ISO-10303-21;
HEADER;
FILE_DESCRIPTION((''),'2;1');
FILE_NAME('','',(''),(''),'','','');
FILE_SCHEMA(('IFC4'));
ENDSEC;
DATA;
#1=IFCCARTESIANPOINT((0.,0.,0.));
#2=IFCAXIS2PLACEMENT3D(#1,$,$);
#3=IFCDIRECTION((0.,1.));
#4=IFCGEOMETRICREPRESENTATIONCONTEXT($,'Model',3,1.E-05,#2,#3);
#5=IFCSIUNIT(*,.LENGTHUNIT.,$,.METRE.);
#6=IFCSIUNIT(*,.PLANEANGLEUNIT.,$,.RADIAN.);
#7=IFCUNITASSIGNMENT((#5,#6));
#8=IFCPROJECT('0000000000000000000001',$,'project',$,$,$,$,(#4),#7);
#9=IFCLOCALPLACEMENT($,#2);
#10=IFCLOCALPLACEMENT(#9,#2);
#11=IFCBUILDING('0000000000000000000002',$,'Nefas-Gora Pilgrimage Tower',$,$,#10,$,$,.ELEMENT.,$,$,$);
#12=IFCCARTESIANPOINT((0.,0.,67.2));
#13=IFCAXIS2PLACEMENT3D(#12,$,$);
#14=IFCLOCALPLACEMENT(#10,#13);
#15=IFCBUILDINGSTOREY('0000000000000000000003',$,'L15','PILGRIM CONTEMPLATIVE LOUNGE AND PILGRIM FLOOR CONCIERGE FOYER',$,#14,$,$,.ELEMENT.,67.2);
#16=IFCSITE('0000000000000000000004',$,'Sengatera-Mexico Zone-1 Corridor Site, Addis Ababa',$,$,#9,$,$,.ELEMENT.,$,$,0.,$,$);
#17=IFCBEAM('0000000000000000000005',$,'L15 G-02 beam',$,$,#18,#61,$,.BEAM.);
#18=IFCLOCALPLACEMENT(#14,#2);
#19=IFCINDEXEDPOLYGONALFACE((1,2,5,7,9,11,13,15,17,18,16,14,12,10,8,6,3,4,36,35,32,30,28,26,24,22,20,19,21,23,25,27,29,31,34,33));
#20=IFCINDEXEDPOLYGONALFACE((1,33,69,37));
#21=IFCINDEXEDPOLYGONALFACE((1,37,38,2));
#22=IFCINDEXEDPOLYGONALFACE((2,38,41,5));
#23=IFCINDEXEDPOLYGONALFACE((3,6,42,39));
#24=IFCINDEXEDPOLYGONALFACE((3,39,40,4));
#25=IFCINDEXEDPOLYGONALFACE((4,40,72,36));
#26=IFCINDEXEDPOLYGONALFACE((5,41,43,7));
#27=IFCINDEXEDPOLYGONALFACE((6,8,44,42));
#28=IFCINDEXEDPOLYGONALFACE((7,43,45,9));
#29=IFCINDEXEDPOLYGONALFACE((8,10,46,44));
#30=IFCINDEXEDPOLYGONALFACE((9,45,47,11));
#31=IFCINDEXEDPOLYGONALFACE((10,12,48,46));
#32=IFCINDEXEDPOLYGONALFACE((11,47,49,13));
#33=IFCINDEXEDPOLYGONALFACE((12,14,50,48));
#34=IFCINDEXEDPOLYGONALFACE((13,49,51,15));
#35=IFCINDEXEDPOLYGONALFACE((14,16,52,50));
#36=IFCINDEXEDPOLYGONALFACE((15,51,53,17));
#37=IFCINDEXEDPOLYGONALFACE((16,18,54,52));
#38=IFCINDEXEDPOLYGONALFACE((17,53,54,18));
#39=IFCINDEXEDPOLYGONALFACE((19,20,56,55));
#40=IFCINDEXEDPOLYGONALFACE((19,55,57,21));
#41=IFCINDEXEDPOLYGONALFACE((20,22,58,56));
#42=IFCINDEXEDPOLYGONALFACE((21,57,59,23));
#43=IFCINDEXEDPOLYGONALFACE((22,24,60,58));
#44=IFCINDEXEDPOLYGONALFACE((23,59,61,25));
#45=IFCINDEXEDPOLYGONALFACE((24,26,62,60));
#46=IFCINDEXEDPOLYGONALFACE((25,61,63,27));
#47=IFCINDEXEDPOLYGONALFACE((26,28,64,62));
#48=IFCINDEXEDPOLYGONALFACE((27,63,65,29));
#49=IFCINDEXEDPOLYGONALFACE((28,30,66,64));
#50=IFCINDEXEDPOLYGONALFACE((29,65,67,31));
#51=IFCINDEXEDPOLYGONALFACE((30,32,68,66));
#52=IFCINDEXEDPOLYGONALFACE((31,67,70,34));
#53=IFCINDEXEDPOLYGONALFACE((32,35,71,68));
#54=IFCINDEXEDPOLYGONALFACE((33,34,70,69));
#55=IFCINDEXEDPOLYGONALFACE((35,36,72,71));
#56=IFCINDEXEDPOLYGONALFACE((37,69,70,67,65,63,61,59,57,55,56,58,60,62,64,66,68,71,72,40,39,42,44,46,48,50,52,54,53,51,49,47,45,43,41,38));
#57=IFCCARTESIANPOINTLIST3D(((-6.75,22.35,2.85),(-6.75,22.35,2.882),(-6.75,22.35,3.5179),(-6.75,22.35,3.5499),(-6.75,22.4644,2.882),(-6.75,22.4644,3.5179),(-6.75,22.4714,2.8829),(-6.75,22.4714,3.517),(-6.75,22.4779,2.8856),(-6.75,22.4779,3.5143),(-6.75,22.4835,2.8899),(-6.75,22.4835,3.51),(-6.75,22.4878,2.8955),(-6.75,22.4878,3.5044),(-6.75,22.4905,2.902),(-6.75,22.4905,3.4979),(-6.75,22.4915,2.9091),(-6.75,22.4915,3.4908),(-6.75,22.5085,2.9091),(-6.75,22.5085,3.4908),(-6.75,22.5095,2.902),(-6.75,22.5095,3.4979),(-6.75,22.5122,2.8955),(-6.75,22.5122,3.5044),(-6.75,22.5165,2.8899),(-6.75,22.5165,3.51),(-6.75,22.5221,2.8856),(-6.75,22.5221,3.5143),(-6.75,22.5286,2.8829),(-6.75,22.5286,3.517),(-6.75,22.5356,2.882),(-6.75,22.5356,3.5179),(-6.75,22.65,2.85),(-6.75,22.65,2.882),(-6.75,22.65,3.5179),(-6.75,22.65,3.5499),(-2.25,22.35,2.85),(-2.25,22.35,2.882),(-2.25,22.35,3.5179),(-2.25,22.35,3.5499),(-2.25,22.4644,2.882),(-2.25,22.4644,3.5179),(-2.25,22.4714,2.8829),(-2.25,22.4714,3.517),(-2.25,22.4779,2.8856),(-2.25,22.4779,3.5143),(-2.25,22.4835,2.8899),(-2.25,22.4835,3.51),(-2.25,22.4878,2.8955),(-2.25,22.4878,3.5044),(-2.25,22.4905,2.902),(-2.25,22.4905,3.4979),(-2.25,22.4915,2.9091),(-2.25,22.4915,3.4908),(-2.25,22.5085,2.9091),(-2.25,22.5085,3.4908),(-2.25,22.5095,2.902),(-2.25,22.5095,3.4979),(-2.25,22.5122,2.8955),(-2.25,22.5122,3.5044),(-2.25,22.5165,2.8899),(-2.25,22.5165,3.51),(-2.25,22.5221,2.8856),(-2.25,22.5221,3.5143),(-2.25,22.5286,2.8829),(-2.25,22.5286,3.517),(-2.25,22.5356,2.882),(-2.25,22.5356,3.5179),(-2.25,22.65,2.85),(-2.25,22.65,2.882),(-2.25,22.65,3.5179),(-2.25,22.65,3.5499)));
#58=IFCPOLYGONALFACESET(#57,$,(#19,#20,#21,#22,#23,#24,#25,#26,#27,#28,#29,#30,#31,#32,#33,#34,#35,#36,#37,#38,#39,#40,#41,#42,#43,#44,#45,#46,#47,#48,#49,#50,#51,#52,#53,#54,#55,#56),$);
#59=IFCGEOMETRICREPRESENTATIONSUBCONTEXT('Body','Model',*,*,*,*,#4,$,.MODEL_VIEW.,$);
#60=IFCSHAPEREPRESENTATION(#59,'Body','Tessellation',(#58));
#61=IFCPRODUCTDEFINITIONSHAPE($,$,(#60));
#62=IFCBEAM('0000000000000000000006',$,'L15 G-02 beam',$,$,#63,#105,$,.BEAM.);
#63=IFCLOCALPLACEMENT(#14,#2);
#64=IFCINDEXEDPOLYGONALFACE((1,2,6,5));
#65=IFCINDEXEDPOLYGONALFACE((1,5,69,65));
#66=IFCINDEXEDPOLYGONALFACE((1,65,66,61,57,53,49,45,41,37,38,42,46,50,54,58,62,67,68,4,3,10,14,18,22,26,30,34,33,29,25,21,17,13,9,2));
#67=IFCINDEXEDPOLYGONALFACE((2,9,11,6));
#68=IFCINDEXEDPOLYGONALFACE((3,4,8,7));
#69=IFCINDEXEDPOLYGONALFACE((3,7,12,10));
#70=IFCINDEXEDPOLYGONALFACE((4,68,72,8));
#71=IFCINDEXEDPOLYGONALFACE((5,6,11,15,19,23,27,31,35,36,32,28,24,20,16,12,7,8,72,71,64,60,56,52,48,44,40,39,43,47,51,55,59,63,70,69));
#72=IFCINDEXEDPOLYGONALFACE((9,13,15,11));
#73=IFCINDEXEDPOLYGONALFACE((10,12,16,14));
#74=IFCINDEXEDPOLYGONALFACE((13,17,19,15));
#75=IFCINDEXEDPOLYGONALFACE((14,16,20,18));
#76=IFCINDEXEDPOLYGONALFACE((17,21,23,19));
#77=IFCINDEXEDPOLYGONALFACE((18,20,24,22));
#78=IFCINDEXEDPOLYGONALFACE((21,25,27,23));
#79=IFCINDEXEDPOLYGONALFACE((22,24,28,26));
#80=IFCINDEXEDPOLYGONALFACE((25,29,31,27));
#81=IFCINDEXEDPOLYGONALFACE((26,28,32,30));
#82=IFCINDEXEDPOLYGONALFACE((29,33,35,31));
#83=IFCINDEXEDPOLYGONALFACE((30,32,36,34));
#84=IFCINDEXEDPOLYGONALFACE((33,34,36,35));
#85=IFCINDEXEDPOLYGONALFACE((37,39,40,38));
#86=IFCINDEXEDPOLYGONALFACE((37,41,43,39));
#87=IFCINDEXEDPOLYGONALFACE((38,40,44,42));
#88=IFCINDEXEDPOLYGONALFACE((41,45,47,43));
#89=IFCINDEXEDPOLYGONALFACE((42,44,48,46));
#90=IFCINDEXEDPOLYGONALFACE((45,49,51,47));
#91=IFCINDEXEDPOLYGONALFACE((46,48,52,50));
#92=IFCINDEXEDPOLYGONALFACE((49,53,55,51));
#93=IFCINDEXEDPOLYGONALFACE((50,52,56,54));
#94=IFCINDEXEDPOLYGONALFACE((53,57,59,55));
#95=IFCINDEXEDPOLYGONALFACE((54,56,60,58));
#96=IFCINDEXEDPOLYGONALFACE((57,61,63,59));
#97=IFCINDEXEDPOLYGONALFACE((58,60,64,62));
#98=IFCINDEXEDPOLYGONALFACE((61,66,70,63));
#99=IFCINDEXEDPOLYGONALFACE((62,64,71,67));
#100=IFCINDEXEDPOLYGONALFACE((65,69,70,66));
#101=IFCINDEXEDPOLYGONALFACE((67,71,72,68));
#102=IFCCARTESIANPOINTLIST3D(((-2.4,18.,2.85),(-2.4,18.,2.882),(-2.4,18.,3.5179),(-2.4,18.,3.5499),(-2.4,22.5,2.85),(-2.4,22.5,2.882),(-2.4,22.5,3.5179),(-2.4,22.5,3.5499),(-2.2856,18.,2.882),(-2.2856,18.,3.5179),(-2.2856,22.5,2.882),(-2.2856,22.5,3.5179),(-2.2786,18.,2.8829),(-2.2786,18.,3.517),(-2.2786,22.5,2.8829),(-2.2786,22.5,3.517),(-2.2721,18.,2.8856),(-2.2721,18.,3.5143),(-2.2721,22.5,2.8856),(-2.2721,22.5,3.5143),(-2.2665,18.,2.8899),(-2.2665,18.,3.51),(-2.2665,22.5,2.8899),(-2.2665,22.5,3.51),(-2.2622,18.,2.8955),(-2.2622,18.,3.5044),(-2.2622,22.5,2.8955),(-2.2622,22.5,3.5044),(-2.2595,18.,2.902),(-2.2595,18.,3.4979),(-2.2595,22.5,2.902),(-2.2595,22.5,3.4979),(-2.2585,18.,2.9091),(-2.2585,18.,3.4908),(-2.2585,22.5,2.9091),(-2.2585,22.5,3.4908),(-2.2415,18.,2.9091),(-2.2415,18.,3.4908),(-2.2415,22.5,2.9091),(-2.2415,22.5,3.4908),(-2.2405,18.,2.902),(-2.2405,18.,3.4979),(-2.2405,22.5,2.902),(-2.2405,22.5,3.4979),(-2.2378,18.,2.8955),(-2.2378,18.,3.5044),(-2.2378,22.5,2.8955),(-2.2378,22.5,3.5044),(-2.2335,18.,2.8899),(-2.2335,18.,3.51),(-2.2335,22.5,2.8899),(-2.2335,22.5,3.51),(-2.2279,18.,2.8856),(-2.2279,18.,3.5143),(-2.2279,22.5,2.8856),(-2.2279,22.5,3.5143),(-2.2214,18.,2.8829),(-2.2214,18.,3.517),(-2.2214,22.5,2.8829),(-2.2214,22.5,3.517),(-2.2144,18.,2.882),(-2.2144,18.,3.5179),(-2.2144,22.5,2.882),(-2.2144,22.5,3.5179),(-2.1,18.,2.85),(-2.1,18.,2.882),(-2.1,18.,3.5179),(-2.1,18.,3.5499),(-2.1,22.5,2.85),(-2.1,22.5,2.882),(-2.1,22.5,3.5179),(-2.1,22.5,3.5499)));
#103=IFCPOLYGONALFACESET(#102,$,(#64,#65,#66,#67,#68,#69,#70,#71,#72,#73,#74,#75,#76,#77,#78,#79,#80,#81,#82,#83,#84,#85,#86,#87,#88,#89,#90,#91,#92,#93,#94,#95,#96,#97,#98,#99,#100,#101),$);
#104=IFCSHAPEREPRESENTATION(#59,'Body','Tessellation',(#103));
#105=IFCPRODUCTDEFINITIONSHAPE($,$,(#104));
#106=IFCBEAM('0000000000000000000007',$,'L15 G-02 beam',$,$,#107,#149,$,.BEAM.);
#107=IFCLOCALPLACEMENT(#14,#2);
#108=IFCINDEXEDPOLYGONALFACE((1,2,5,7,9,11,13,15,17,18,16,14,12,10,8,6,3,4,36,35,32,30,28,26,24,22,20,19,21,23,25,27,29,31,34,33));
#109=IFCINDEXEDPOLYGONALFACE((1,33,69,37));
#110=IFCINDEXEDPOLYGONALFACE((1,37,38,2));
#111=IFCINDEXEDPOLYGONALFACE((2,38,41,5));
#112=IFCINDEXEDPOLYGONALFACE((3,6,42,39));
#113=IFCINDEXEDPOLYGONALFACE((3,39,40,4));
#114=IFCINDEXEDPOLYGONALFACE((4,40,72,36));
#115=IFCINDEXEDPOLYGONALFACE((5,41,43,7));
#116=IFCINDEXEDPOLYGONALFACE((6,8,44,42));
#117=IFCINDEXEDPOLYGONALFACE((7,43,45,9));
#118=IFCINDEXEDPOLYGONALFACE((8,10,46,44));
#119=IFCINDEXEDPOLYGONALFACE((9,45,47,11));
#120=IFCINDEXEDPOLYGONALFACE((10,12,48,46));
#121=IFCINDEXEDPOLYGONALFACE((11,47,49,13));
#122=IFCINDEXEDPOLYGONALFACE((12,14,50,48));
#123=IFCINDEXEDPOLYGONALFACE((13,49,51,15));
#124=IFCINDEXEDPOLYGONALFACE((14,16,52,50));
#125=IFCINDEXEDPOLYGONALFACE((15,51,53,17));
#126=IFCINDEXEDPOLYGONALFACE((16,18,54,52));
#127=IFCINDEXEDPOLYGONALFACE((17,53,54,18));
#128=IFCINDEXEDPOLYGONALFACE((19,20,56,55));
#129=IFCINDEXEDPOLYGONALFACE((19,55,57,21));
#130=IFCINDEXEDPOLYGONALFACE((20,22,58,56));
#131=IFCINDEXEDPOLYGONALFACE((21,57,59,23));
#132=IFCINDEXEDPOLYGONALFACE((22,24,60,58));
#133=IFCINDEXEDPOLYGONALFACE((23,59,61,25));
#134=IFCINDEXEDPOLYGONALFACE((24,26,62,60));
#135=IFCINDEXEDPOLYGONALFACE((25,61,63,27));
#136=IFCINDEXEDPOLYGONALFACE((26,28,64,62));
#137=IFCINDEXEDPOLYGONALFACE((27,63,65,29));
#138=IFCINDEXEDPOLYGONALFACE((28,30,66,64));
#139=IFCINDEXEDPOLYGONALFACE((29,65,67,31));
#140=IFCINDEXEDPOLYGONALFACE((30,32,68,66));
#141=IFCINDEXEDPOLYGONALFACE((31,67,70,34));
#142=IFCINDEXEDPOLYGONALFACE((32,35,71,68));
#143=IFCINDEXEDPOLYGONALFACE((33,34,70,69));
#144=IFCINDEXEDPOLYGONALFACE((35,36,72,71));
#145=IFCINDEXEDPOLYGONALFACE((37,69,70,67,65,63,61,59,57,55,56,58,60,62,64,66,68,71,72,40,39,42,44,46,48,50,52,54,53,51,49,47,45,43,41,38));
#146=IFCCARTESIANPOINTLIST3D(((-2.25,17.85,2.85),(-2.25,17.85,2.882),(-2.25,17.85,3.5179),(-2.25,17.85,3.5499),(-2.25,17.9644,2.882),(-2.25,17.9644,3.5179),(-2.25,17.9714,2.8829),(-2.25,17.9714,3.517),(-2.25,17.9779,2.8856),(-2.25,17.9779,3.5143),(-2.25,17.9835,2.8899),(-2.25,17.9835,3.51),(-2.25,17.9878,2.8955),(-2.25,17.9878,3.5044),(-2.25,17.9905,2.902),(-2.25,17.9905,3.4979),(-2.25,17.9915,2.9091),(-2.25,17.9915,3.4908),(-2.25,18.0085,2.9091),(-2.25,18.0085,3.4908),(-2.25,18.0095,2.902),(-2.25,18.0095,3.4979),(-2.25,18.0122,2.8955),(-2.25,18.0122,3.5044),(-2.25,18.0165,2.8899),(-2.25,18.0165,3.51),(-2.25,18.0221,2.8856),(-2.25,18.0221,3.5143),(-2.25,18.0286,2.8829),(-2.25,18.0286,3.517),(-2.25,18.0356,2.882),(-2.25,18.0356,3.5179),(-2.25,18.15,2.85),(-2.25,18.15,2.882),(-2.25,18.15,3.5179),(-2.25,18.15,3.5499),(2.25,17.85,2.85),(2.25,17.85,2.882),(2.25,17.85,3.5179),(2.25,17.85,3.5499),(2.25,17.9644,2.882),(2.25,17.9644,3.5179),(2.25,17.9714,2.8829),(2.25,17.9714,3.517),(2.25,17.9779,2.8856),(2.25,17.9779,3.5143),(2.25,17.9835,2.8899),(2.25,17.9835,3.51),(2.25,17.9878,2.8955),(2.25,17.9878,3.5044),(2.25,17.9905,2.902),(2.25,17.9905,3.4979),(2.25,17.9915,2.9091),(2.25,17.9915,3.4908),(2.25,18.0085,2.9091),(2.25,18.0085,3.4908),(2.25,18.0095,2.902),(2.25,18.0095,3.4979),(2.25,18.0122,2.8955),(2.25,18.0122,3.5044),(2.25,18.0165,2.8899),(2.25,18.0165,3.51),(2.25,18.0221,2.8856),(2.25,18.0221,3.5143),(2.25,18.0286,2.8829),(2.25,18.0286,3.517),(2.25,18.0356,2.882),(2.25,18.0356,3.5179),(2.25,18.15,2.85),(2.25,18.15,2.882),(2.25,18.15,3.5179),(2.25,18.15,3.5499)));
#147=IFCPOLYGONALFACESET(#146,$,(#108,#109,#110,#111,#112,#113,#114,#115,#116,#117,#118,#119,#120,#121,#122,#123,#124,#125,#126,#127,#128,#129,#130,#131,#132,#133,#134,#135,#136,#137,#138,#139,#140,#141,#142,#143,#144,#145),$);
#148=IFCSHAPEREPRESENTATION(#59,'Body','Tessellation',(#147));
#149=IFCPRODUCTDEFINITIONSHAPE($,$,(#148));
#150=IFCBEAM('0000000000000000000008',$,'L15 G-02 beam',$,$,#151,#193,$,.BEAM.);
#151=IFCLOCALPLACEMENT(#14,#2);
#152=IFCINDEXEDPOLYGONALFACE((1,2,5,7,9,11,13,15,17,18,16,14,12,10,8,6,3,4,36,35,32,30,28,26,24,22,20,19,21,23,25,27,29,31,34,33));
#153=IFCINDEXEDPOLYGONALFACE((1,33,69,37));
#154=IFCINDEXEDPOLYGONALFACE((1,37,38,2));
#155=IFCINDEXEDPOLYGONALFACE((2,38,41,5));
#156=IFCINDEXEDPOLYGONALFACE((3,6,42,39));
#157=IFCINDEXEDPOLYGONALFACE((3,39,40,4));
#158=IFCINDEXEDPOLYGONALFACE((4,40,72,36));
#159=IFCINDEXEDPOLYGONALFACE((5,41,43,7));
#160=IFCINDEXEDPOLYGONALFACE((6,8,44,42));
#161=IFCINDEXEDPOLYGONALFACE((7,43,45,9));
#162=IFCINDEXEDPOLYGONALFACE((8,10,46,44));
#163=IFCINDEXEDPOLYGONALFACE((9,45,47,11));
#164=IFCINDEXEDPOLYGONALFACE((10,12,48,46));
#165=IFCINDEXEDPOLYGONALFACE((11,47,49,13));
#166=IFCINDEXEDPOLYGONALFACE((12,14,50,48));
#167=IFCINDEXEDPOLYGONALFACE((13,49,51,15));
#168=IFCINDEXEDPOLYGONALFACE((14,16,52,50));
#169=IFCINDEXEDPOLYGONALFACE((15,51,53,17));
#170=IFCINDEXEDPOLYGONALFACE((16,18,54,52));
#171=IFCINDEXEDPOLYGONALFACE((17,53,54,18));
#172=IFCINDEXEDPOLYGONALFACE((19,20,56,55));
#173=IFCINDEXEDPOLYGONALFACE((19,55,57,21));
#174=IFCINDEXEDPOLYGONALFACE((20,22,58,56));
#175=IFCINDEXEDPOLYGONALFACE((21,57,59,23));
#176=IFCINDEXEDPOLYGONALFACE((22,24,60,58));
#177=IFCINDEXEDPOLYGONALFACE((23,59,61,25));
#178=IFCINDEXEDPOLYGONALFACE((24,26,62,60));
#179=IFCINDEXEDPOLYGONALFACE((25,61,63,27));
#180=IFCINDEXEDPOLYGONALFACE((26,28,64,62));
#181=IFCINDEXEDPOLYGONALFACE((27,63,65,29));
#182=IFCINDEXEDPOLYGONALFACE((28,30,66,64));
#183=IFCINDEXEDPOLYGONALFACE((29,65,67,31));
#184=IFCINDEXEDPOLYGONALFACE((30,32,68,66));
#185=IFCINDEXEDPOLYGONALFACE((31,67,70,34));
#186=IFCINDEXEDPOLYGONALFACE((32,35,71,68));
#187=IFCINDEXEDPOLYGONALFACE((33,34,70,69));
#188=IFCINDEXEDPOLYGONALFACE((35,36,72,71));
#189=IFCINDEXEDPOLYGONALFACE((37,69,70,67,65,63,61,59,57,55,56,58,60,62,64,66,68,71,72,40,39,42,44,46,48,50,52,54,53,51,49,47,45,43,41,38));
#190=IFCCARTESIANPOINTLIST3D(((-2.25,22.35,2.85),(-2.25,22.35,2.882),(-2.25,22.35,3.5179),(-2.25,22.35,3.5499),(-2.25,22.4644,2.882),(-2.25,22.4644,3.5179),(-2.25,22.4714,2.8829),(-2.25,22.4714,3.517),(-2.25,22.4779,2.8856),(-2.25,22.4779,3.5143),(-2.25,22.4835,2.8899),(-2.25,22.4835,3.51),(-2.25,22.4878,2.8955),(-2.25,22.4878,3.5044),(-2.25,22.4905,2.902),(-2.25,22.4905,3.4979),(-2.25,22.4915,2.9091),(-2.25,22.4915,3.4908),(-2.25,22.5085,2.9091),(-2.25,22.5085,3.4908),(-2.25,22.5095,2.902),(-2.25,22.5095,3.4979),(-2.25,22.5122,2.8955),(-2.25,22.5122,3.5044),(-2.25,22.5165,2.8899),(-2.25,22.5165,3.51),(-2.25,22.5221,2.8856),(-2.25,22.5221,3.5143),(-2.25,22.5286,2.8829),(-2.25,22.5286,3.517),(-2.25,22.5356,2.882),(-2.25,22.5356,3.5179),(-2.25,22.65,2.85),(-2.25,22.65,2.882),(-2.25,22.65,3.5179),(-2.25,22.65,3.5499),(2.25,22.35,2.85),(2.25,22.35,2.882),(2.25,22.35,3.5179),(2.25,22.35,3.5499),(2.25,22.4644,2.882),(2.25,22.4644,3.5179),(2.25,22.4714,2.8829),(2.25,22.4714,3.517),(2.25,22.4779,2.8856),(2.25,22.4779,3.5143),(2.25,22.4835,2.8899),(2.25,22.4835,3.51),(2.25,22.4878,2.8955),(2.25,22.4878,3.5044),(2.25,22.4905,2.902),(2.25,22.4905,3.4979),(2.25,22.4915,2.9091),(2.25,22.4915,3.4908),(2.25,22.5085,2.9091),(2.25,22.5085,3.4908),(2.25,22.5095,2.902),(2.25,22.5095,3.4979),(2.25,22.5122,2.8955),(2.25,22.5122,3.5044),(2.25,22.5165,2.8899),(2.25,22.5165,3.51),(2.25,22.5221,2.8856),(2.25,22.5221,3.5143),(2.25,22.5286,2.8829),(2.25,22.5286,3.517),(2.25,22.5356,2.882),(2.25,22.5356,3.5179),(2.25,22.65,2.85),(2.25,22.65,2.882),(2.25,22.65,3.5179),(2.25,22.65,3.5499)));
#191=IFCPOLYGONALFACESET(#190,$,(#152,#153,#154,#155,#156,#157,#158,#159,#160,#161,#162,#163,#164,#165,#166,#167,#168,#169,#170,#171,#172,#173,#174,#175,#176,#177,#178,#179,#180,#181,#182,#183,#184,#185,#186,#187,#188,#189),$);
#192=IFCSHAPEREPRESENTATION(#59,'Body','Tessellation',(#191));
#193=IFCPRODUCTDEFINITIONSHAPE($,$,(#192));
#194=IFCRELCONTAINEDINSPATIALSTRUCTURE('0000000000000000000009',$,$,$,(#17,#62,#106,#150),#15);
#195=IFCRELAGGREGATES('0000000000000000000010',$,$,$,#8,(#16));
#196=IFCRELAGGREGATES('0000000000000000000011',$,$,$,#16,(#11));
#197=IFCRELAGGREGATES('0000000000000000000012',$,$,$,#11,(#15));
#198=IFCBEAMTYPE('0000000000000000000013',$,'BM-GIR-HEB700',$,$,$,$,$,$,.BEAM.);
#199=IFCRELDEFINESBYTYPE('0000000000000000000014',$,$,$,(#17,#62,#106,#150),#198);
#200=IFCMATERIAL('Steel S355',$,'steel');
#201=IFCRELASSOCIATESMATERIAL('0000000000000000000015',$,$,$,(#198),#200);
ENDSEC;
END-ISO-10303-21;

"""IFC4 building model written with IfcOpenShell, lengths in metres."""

from ifc_helpers import new_model, si_unit, direction, frame, origin, origin_2d, place, context, subcontext, project, spatial, i_section, extrude, source, transform, mapped, material, material_profile, profile_set, type_object, element, save


model = new_model("IFC4")

# Units and contexts
model_context = context("Model", 3, precision=1e-05, world=origin(), true_north=direction((0.0, 1.0)))
body_context = subcontext(model_context, "Body", "Model", "MODEL_VIEW")
ifc_project = project(units=[si_unit("LENGTHUNIT", "METRE"), si_unit("PLANEANGLEUNIT", "RADIAN")], contexts=[model_context])

# Site, building, storey
site_placement = place(None, origin())
site = spatial("IfcSite", under=ifc_project, at=site_placement, Name="Sengatera-Mexico Zone-1 Corridor Site, Addis Ababa", CompositionType="ELEMENT", RefElevation=0.0)
building_placement = place(site_placement, origin())
building = spatial("IfcBuilding", under=site, at=building_placement, Name="Nefas-Gora Pilgrimage Tower", CompositionType="ELEMENT")
storey_placement = place(building_placement, frame((0.0, 0.0, 67.2)))
storey = spatial("IfcBuildingStorey", under=building, at=storey_placement, Name="L15", Description="PILGRIM CONTEMPLATIVE LOUNGE AND PILGRIM FLOOR CONCIERGE FOYER", CompositionType="ELEMENT", Elevation=67.2)

# Beams
ifc_material_1 = material(Name="Steel S355", Category="steel")
ifc_material_profile_1 = material_profile(ifc_material_1, i_section(OverallWidth=0.3, OverallDepth=0.7, WebThickness=0.0171, FlangeThickness=0.032, FilletRadius=0.0271, at=origin_2d()), Name="HEB 700")
ifc_profile_set_1 = profile_set([ifc_material_profile_1], Name="Steel S355")
beam_type_1 = type_object("IfcBeamType", Name="BM-GIR-HEB700", PredefinedType="BEAM", material=ifc_profile_set_1)
shared_shape_1 = source(origin(), body_context, "Body", "SweptSolid", [
    extrude(i_section(OverallWidth=0.3, OverallDepth=0.7, WebThickness=0.0171, FlangeThickness=0.032, FilletRadius=0.0271, at=origin_2d()), origin(), (0.0, 0.0, 1.0), 4.5),
])
for number, where, z_axis, x_axis, name in (
    (1, (-6.75, 22.5, 3.2), (1.0, 0.0, 0.0), (0.0, 1.0, 0.0), "L15 G-02 beam"),
    (2, (-2.25, 18.0, 3.2), (0.0, 1.0, 0.0), (-1.0, 0.0, 0.0), "L15 G-02 beam"),
    (3, (-2.25, 18.0, 3.2), (1.0, 0.0, 0.0), (0.0, 1.0, 0.0), "L15 G-02 beam"),
    (4, (-2.25, 22.5, 3.2), (1.0, 0.0, 0.0), (0.0, 1.0, 0.0), "L15 G-02 beam"),
):
    element("IfcBeam", number, at=place(storey_placement, frame(where, z_axis=z_axis, x_axis=x_axis)), inside=storey, type_object=beam_type_1, Name=name, PredefinedType="BEAM", context=body_context, shape_type="MappedRepresentation", body=[
        mapped(shared_shape_1, transform((0.0, 0.0, 0.0), x_axis=(1.0, 0.0, 0.0), y_axis=(0.0, 1.0, 0.0), z_axis=(0.0, 0.0, 1.0), scale=1.0)),
    ])

save(model, "model.ifc")
